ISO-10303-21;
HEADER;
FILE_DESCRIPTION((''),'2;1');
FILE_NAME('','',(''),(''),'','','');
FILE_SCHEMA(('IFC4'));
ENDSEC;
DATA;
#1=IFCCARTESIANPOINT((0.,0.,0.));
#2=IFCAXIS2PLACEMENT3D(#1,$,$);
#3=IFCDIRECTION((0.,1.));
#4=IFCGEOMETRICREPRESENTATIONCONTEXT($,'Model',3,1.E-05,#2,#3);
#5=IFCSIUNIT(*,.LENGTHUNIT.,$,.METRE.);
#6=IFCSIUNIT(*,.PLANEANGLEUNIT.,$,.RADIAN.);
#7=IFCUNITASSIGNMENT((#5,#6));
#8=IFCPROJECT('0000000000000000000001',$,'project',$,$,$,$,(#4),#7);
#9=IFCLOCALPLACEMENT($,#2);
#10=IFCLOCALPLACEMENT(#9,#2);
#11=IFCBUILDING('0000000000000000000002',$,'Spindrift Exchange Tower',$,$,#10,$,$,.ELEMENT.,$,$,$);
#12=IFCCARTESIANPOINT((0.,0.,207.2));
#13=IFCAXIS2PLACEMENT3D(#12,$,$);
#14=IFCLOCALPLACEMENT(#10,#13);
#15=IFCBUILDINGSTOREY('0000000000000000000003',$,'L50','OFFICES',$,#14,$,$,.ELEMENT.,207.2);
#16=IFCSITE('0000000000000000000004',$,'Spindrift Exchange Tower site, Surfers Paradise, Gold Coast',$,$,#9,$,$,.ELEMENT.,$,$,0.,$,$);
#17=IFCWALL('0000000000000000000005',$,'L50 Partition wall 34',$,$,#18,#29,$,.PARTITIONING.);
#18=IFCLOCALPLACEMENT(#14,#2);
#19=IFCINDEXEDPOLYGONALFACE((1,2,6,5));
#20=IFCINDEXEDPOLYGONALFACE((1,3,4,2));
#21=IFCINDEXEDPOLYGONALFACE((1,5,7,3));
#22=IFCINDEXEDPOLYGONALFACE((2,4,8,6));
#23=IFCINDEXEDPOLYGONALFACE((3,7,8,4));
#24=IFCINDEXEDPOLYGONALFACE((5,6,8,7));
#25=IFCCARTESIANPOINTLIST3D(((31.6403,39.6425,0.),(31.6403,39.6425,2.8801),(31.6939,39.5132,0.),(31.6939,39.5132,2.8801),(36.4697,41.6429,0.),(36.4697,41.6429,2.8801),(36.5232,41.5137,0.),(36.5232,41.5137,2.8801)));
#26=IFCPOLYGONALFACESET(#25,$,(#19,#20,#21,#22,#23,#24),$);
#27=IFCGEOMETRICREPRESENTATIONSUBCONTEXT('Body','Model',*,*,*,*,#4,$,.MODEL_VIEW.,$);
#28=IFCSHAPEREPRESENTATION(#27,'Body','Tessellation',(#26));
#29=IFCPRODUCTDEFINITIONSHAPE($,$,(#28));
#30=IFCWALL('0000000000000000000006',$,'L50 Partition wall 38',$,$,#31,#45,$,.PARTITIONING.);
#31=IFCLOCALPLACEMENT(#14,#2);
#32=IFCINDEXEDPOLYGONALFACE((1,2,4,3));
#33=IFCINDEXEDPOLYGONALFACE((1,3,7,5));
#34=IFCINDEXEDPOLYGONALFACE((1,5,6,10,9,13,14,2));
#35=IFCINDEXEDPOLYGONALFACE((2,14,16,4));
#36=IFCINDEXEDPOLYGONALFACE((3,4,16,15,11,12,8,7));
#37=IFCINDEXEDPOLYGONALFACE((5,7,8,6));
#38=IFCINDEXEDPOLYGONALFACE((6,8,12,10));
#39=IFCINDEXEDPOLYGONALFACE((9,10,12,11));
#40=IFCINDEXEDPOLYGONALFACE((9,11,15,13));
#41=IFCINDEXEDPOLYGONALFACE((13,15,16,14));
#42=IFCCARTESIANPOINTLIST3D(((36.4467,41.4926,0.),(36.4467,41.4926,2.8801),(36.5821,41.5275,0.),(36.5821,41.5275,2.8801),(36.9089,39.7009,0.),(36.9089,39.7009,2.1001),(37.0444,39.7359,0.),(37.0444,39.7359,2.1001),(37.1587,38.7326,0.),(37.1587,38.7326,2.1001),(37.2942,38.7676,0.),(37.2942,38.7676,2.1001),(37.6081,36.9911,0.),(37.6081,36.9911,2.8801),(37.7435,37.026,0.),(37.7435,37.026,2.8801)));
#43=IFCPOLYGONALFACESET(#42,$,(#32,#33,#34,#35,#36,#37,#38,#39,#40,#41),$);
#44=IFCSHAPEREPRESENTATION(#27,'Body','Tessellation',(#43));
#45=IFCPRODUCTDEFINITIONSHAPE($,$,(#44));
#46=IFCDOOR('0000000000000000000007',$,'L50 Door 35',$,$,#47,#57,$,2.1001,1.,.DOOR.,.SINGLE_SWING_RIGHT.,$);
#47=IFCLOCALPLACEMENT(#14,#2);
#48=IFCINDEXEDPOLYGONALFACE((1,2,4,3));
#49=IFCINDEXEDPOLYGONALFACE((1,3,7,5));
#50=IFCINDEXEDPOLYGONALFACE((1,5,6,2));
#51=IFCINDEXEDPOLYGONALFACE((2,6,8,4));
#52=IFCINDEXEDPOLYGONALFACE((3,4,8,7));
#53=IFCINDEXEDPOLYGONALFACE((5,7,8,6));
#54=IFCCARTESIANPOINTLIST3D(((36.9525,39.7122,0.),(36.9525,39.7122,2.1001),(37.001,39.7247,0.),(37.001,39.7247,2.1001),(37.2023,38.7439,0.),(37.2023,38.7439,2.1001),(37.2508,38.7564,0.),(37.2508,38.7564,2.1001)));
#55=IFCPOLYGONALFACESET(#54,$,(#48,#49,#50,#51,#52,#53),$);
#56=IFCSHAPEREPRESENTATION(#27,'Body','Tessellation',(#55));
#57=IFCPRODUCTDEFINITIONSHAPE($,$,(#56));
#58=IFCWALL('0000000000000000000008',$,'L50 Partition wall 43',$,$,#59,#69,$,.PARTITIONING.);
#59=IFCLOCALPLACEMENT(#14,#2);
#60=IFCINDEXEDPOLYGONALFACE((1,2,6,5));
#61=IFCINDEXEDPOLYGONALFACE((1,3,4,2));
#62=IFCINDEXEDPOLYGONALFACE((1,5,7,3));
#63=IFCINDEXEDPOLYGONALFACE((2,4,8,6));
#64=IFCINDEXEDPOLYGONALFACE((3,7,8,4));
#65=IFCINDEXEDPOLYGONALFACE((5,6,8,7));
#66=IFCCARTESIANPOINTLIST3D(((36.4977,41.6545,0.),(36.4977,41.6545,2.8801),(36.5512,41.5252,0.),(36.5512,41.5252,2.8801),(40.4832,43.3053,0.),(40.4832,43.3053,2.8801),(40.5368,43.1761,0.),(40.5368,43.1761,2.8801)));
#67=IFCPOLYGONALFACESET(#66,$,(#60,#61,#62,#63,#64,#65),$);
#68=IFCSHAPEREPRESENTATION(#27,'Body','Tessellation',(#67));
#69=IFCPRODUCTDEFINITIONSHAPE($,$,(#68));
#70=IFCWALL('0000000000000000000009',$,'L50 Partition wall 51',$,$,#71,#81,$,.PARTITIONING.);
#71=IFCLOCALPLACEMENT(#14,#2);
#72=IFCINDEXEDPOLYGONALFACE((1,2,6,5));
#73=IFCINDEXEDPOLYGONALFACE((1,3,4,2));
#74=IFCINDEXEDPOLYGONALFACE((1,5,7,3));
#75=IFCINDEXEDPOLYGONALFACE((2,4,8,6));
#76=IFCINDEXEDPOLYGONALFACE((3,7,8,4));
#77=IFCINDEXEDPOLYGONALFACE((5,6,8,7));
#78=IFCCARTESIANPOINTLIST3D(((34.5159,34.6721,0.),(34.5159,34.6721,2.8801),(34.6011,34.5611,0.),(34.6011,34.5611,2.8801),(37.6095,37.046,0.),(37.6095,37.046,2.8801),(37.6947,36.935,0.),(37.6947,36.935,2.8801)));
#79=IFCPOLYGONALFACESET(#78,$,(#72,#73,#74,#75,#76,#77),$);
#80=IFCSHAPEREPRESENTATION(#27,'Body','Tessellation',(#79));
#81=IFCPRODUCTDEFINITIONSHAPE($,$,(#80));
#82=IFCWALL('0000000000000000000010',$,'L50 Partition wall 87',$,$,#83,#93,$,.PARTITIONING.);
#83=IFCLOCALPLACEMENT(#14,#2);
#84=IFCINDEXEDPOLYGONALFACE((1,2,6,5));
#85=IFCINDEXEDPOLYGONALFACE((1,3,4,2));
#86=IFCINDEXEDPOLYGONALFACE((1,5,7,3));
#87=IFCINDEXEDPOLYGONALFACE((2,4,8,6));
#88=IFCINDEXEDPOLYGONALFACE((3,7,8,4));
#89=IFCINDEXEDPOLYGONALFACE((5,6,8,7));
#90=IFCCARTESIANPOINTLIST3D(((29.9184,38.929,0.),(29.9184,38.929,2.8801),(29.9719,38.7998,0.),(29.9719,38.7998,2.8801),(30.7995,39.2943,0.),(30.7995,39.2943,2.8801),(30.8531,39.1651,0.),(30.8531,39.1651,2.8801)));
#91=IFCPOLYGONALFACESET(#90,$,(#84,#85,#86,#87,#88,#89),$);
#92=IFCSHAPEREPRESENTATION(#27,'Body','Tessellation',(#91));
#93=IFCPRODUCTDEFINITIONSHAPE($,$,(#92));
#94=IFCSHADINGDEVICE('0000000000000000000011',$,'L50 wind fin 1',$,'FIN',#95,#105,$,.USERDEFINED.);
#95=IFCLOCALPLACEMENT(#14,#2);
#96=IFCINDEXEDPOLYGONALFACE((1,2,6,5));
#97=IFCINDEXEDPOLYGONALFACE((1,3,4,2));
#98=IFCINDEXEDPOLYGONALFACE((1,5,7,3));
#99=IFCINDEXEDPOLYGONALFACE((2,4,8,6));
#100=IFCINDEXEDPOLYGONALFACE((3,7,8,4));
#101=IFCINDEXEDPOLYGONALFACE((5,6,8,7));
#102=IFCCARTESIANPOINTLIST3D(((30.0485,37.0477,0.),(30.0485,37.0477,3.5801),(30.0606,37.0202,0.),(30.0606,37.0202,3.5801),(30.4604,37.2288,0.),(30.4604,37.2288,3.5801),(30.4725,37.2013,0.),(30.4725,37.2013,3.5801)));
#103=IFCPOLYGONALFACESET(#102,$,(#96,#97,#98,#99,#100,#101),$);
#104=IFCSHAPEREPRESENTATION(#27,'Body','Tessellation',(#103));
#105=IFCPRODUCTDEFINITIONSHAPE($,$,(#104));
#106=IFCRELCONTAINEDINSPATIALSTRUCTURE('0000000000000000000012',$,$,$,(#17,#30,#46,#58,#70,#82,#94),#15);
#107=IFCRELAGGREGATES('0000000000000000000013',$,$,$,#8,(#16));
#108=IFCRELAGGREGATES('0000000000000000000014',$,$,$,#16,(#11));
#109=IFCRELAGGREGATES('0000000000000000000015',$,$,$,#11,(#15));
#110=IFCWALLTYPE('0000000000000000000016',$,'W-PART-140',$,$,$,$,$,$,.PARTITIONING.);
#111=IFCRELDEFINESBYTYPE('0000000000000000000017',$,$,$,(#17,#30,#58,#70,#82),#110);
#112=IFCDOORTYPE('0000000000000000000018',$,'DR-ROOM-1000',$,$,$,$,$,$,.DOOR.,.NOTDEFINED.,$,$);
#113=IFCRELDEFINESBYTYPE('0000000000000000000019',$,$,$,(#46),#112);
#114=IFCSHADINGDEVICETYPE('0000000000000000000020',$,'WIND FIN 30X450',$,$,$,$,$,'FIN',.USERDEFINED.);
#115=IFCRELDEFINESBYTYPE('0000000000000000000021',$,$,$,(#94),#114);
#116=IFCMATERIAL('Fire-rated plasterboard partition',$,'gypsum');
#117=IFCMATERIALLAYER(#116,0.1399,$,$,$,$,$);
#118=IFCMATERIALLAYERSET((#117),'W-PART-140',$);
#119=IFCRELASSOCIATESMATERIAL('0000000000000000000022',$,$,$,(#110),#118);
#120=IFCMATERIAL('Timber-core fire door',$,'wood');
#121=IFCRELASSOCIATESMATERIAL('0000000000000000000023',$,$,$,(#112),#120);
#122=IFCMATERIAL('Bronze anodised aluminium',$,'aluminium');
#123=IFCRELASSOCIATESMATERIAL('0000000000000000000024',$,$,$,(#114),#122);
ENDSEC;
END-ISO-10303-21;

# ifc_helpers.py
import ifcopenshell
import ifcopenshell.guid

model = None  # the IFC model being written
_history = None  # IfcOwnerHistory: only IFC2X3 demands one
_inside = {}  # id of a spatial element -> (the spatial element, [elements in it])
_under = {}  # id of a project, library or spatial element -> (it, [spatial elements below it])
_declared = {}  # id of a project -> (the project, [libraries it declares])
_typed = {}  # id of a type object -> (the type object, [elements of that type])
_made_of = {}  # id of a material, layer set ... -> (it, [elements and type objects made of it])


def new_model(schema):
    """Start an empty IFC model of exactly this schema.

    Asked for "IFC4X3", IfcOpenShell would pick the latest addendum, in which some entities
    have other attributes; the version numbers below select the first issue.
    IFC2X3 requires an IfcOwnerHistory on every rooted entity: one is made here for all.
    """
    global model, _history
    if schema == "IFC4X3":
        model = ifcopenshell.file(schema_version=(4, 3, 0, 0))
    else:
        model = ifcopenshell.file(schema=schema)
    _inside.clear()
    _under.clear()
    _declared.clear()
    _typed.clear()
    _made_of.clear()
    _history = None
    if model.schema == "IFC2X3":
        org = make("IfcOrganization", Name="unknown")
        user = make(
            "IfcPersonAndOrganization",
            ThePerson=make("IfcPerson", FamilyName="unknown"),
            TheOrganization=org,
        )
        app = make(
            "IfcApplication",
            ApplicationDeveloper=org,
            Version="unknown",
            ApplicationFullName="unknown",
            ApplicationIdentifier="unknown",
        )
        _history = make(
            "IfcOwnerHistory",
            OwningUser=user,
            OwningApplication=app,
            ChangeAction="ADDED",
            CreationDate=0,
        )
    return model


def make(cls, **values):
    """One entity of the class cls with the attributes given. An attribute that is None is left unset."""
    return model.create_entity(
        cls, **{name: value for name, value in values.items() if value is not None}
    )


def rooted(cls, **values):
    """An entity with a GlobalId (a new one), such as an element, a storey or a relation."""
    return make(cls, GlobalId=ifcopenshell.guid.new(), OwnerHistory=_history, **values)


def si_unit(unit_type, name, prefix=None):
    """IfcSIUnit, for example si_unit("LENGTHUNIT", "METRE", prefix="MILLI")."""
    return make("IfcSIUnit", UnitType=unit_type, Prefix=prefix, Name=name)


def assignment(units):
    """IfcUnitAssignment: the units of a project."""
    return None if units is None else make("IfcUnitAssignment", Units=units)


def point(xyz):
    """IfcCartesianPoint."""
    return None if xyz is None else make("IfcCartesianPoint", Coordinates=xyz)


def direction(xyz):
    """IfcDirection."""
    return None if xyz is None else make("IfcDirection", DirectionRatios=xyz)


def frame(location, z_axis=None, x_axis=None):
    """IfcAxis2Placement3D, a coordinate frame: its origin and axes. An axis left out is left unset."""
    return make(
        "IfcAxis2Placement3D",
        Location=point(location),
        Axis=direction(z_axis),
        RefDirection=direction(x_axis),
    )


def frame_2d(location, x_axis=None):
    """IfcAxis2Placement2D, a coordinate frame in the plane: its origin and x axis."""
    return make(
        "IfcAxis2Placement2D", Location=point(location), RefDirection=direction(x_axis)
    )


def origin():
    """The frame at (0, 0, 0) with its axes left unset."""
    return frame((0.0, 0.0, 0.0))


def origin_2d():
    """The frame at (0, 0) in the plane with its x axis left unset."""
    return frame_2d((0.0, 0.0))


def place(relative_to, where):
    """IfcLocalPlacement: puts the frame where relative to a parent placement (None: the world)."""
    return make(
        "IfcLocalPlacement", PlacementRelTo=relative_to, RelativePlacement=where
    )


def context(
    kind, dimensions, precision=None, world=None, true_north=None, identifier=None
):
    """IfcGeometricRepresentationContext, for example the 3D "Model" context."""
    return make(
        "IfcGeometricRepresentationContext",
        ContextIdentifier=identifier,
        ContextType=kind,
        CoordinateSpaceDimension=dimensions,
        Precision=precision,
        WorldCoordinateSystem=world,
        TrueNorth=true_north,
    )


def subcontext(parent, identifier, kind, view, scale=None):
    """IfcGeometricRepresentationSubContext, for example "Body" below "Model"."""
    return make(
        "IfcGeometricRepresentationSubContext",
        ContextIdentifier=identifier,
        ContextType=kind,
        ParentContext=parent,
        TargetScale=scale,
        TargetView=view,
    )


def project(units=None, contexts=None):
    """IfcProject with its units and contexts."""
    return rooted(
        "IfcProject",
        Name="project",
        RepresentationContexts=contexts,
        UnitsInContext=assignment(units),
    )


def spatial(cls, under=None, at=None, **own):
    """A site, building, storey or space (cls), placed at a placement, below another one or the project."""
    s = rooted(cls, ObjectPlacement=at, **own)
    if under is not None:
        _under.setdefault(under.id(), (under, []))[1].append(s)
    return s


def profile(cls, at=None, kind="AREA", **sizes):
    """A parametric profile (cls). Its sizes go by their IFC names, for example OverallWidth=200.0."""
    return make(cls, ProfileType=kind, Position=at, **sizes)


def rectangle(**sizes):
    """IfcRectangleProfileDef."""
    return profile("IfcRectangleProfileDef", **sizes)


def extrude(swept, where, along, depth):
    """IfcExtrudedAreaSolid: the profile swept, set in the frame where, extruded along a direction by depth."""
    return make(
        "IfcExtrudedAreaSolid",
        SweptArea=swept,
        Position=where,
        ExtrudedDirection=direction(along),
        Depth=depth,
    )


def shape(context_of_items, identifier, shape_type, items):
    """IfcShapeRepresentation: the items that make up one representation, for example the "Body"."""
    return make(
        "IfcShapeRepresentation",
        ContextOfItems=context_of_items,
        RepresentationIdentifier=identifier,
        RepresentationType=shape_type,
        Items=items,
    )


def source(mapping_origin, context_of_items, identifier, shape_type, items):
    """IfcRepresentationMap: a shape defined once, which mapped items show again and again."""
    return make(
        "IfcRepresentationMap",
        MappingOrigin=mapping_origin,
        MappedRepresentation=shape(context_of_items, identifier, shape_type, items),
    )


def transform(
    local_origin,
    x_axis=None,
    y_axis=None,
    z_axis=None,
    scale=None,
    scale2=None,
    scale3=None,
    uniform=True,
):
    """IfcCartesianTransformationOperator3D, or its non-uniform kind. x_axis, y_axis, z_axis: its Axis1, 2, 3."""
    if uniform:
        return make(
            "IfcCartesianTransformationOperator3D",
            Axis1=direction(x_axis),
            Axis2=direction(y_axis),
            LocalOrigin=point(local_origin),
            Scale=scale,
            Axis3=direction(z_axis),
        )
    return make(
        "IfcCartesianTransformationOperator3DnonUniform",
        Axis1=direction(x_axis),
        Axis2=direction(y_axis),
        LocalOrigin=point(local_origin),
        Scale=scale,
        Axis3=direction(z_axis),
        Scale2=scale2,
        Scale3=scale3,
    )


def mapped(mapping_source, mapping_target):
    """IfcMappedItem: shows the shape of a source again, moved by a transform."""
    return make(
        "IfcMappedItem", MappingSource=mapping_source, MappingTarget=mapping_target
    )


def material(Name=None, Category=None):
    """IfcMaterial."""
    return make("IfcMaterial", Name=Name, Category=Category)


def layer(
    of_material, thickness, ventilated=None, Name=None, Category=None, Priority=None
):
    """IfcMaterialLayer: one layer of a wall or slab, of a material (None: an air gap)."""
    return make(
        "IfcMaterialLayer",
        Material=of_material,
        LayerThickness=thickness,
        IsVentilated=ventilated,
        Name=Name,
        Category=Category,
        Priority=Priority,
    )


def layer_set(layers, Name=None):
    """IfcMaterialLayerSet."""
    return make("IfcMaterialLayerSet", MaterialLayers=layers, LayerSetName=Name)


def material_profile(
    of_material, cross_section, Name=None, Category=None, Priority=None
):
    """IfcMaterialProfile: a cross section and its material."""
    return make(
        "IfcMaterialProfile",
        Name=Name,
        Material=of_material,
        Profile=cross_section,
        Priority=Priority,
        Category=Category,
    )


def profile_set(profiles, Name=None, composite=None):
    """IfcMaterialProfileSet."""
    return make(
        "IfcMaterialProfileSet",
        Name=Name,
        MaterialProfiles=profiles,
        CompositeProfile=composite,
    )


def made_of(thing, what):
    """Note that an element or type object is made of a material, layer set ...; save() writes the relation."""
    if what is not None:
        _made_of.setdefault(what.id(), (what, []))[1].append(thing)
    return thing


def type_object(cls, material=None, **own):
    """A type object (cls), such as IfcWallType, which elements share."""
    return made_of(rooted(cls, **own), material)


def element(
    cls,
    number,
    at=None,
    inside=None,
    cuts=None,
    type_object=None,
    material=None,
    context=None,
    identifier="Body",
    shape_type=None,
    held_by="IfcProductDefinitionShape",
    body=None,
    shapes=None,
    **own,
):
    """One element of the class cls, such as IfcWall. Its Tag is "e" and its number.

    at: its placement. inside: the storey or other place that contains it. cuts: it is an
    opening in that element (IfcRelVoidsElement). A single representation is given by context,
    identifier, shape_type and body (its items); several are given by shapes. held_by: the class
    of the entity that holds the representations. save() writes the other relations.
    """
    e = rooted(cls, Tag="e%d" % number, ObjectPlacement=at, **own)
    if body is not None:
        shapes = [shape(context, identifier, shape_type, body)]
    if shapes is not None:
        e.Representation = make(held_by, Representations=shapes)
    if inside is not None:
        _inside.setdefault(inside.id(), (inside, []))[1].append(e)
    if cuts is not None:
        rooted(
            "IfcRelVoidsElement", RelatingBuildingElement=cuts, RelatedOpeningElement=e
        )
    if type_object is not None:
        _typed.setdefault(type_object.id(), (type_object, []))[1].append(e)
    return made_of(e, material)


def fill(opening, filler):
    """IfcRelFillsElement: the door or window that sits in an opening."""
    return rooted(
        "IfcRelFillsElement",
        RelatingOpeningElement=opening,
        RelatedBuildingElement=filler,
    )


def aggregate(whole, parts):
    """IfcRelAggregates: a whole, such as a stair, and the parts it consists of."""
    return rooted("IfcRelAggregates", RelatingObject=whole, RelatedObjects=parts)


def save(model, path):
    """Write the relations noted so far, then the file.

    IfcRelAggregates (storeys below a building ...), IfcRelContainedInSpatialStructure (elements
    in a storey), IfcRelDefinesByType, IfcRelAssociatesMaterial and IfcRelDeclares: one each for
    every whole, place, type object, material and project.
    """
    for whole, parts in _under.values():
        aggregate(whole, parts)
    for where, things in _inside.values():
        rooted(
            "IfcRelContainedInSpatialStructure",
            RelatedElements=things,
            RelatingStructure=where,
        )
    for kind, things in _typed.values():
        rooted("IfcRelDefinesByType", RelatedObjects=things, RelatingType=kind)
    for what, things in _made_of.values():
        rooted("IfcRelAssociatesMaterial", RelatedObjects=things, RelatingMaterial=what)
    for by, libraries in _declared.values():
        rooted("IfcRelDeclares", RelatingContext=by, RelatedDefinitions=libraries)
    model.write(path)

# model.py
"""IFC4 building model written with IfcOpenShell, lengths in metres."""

from ifc_helpers import new_model, si_unit, direction, frame, frame_2d, origin, origin_2d, place, context, subcontext, project, spatial, rectangle, extrude, source, transform, mapped, material, layer, layer_set, material_profile, profile_set, type_object, element, fill, save


model = new_model("IFC4")

# Units and contexts
model_context = context("Model", 3, precision=1e-05, world=origin(), true_north=direction((0.0, 1.0)))
body_context = subcontext(model_context, "Body", "Model", "MODEL_VIEW")
ifc_project = project(units=[si_unit("LENGTHUNIT", "METRE"), si_unit("PLANEANGLEUNIT", "RADIAN")], contexts=[model_context])

# Site, building, storey
site_placement = place(None, origin())
site = spatial("IfcSite", under=ifc_project, at=site_placement, Name="Spindrift Exchange Tower site, Surfers Paradise, Gold Coast", CompositionType="ELEMENT", RefElevation=0.0)
building_placement = place(site_placement, origin())
building = spatial("IfcBuilding", under=site, at=building_placement, Name="Spindrift Exchange Tower", CompositionType="ELEMENT")
storey_placement = place(building_placement, frame((0.0, 0.0, 207.2)))
storey = spatial("IfcBuildingStorey", under=building, at=storey_placement, Name="L50", Description="OFFICES", CompositionType="ELEMENT", Elevation=207.2)

# Shared definitions
ifc_material_1 = material(Name="Bronze anodised aluminium", Category="aluminium")

# Wall
ifc_material_2 = material(Name="Fire-rated plasterboard partition", Category="gypsum")
ifc_layer_1 = layer(ifc_material_2, 0.1399)
ifc_layer_set_1 = layer_set([ifc_layer_1], Name="W-PART-140")
wall_type = type_object("IfcWallType", Name="W-PART-140", PredefinedType="PARTITIONING", material=ifc_layer_set_1)
wall_1_placement = place(storey_placement, frame((36.4966, 41.5784, 0.0), z_axis=(0.0, 0.0, 1.0), x_axis=(-0.923872, -0.382701, 0.0)))
element("IfcWall", 1, at=wall_1_placement, inside=storey, type_object=wall_type, Name="L50 Partition wall 34", PredefinedType="PARTITIONING", context=body_context, shape_type="SweptSolid", body=[
    extrude(rectangle(XDim=5.2273, YDim=0.1399, at=frame_2d((2.6138, 0.0))), origin(), (0.0, 0.0, 1.0), 2.8801),
])

# Wall, opening, door
wall_2_placement = place(storey_placement, frame((37.6758, 37.0085, 0.0), z_axis=(0.0, 0.0, 1.0), x_axis=(-0.249819, 0.968292, 0.0)))
wall_2 = element("IfcWall", 2, at=wall_2_placement, inside=storey, type_object=wall_type, Name="L50 Partition wall 38", PredefinedType="PARTITIONING", context=body_context, shape_type="SweptSolid", body=[
    extrude(rectangle(XDim=4.6489, YDim=0.1399, at=frame_2d((2.3245, 0.0))), origin(), (0.0, 0.0, 1.0), 2.8801),
])
opening_placement = place(wall_2_placement, frame((1.7986, 0.0, 0.0)))
opening = element("IfcOpeningElement", 3, at=opening_placement, cuts=wall_2, PredefinedType="OPENING", context=body_context, shape_type="SweptSolid", body=[
    extrude(rectangle(XDim=1.0, YDim=2.1001, at=frame_2d((0.5, 1.05))), frame((0.0, 0.0798, 0.0), z_axis=(0.0, -1.0, 0.0), x_axis=(1.0, 0.0, 0.0)), (0.0, 0.0, 1.0), 0.1599),
])
ifc_material_3 = material(Name="Timber-core fire door", Category="wood")
door_type = type_object("IfcDoorType", Name="DR-ROOM-1000", OperationType="NOTDEFINED", PredefinedType="DOOR", material=ifc_material_3)
shared_shape_1 = source(origin(), body_context, "Body", "SweptSolid", [
    extrude(rectangle(XDim=1.0, YDim=2.1001, at=frame_2d((0.5, 1.05))), frame((0.0, 0.0249, 0.0), z_axis=(0.0, -1.0, 0.0), x_axis=(1.0, 0.0, 0.0)), (0.0, 0.0, 1.0), 0.05),
])
door_placement = place(opening_placement, origin())
door = element("IfcDoor", 4, at=door_placement, inside=storey, type_object=door_type, Name="L50 Door 35", OperationType="SINGLE_SWING_RIGHT", OverallHeight=2.1001, OverallWidth=1.0, PredefinedType="DOOR", context=body_context, shape_type="MappedRepresentation", body=[
    mapped(shared_shape_1, transform((0.0, 0.0, 0.0), scale=1.0)),
])
fill(opening, door)

# Walls
wall_3_placement = place(storey_placement, frame((40.51, 43.2407, 0.0), z_axis=(0.0, 0.0, 1.0), x_axis=(-0.92388, -0.382682, 0.0)))
element("IfcWall", 5, at=wall_3_placement, inside=storey, type_object=wall_type, Name="L50 Partition wall 43", PredefinedType="PARTITIONING", context=body_context, shape_type="SweptSolid", body=[
    extrude(rectangle(XDim=4.314, YDim=0.1399, at=frame_2d((2.157, 0.0))), origin(), (0.0, 0.0, 1.0), 2.8801),
])
wall_4_placement = place(storey_placement, frame((37.6521, 36.9905, 0.0), z_axis=(0.0, 0.0, 1.0), x_axis=(-0.793347, -0.608769, 0.0)))
element("IfcWall", 6, at=wall_4_placement, inside=storey, type_object=wall_type, Name="L50 Partition wall 51", PredefinedType="PARTITIONING", context=body_context, shape_type="SweptSolid", body=[
    extrude(rectangle(XDim=3.8994, YDim=0.1399, at=frame_2d((1.9497, 0.0))), origin(), (0.0, 0.0, 1.0), 2.8801),
])
wall_5_placement = place(storey_placement, frame((30.8264, 39.2297, 0.0), z_axis=(0.0, 0.0, 1.0), x_axis=(-0.92378, -0.382924, 0.0)))
element("IfcWall", 7, at=wall_5_placement, inside=storey, type_object=wall_type, Name="L50 Partition wall 87", PredefinedType="PARTITIONING", context=body_context, shape_type="SweptSolid", body=[
    extrude(rectangle(XDim=0.9539, YDim=0.1399, at=frame_2d((0.4771, 0.0))), origin(), (0.0, 0.0, 1.0), 2.8801),
])

# Shading device
ifc_material_profile_1 = material_profile(ifc_material_1, rectangle(XDim=0.03, YDim=0.45, at=origin_2d()), Name="WIND FIN 30X450")
ifc_profile_set_1 = profile_set([ifc_material_profile_1], Name="Bronze anodised aluminium")
shading_device_type = type_object("IfcShadingDeviceType", Name="WIND FIN 30X450", ElementType="FIN", PredefinedType="USERDEFINED", material=ifc_profile_set_1)
shared_shape_2 = source(origin(), body_context, "Body", "SweptSolid", [
    extrude(rectangle(XDim=0.03, YDim=0.45, at=origin_2d()), origin(), (0.0, 0.0, 1.0), 3.5801),
])
shading_device_placement = place(storey_placement, frame((30.2605, 37.1245, 0.0), z_axis=(0.0, 0.0, 1.0), x_axis=(0.402496, -0.915422, 0.0)))
element("IfcShadingDevice", 8, at=shading_device_placement, inside=storey, type_object=shading_device_type, Name="L50 wind fin 1", ObjectType="FIN", PredefinedType="USERDEFINED", context=body_context, shape_type="MappedRepresentation", body=[
    mapped(shared_shape_2, transform((0.0, 0.0, 0.0), scale=1.0)),
])

save(model, "model.ifc")
